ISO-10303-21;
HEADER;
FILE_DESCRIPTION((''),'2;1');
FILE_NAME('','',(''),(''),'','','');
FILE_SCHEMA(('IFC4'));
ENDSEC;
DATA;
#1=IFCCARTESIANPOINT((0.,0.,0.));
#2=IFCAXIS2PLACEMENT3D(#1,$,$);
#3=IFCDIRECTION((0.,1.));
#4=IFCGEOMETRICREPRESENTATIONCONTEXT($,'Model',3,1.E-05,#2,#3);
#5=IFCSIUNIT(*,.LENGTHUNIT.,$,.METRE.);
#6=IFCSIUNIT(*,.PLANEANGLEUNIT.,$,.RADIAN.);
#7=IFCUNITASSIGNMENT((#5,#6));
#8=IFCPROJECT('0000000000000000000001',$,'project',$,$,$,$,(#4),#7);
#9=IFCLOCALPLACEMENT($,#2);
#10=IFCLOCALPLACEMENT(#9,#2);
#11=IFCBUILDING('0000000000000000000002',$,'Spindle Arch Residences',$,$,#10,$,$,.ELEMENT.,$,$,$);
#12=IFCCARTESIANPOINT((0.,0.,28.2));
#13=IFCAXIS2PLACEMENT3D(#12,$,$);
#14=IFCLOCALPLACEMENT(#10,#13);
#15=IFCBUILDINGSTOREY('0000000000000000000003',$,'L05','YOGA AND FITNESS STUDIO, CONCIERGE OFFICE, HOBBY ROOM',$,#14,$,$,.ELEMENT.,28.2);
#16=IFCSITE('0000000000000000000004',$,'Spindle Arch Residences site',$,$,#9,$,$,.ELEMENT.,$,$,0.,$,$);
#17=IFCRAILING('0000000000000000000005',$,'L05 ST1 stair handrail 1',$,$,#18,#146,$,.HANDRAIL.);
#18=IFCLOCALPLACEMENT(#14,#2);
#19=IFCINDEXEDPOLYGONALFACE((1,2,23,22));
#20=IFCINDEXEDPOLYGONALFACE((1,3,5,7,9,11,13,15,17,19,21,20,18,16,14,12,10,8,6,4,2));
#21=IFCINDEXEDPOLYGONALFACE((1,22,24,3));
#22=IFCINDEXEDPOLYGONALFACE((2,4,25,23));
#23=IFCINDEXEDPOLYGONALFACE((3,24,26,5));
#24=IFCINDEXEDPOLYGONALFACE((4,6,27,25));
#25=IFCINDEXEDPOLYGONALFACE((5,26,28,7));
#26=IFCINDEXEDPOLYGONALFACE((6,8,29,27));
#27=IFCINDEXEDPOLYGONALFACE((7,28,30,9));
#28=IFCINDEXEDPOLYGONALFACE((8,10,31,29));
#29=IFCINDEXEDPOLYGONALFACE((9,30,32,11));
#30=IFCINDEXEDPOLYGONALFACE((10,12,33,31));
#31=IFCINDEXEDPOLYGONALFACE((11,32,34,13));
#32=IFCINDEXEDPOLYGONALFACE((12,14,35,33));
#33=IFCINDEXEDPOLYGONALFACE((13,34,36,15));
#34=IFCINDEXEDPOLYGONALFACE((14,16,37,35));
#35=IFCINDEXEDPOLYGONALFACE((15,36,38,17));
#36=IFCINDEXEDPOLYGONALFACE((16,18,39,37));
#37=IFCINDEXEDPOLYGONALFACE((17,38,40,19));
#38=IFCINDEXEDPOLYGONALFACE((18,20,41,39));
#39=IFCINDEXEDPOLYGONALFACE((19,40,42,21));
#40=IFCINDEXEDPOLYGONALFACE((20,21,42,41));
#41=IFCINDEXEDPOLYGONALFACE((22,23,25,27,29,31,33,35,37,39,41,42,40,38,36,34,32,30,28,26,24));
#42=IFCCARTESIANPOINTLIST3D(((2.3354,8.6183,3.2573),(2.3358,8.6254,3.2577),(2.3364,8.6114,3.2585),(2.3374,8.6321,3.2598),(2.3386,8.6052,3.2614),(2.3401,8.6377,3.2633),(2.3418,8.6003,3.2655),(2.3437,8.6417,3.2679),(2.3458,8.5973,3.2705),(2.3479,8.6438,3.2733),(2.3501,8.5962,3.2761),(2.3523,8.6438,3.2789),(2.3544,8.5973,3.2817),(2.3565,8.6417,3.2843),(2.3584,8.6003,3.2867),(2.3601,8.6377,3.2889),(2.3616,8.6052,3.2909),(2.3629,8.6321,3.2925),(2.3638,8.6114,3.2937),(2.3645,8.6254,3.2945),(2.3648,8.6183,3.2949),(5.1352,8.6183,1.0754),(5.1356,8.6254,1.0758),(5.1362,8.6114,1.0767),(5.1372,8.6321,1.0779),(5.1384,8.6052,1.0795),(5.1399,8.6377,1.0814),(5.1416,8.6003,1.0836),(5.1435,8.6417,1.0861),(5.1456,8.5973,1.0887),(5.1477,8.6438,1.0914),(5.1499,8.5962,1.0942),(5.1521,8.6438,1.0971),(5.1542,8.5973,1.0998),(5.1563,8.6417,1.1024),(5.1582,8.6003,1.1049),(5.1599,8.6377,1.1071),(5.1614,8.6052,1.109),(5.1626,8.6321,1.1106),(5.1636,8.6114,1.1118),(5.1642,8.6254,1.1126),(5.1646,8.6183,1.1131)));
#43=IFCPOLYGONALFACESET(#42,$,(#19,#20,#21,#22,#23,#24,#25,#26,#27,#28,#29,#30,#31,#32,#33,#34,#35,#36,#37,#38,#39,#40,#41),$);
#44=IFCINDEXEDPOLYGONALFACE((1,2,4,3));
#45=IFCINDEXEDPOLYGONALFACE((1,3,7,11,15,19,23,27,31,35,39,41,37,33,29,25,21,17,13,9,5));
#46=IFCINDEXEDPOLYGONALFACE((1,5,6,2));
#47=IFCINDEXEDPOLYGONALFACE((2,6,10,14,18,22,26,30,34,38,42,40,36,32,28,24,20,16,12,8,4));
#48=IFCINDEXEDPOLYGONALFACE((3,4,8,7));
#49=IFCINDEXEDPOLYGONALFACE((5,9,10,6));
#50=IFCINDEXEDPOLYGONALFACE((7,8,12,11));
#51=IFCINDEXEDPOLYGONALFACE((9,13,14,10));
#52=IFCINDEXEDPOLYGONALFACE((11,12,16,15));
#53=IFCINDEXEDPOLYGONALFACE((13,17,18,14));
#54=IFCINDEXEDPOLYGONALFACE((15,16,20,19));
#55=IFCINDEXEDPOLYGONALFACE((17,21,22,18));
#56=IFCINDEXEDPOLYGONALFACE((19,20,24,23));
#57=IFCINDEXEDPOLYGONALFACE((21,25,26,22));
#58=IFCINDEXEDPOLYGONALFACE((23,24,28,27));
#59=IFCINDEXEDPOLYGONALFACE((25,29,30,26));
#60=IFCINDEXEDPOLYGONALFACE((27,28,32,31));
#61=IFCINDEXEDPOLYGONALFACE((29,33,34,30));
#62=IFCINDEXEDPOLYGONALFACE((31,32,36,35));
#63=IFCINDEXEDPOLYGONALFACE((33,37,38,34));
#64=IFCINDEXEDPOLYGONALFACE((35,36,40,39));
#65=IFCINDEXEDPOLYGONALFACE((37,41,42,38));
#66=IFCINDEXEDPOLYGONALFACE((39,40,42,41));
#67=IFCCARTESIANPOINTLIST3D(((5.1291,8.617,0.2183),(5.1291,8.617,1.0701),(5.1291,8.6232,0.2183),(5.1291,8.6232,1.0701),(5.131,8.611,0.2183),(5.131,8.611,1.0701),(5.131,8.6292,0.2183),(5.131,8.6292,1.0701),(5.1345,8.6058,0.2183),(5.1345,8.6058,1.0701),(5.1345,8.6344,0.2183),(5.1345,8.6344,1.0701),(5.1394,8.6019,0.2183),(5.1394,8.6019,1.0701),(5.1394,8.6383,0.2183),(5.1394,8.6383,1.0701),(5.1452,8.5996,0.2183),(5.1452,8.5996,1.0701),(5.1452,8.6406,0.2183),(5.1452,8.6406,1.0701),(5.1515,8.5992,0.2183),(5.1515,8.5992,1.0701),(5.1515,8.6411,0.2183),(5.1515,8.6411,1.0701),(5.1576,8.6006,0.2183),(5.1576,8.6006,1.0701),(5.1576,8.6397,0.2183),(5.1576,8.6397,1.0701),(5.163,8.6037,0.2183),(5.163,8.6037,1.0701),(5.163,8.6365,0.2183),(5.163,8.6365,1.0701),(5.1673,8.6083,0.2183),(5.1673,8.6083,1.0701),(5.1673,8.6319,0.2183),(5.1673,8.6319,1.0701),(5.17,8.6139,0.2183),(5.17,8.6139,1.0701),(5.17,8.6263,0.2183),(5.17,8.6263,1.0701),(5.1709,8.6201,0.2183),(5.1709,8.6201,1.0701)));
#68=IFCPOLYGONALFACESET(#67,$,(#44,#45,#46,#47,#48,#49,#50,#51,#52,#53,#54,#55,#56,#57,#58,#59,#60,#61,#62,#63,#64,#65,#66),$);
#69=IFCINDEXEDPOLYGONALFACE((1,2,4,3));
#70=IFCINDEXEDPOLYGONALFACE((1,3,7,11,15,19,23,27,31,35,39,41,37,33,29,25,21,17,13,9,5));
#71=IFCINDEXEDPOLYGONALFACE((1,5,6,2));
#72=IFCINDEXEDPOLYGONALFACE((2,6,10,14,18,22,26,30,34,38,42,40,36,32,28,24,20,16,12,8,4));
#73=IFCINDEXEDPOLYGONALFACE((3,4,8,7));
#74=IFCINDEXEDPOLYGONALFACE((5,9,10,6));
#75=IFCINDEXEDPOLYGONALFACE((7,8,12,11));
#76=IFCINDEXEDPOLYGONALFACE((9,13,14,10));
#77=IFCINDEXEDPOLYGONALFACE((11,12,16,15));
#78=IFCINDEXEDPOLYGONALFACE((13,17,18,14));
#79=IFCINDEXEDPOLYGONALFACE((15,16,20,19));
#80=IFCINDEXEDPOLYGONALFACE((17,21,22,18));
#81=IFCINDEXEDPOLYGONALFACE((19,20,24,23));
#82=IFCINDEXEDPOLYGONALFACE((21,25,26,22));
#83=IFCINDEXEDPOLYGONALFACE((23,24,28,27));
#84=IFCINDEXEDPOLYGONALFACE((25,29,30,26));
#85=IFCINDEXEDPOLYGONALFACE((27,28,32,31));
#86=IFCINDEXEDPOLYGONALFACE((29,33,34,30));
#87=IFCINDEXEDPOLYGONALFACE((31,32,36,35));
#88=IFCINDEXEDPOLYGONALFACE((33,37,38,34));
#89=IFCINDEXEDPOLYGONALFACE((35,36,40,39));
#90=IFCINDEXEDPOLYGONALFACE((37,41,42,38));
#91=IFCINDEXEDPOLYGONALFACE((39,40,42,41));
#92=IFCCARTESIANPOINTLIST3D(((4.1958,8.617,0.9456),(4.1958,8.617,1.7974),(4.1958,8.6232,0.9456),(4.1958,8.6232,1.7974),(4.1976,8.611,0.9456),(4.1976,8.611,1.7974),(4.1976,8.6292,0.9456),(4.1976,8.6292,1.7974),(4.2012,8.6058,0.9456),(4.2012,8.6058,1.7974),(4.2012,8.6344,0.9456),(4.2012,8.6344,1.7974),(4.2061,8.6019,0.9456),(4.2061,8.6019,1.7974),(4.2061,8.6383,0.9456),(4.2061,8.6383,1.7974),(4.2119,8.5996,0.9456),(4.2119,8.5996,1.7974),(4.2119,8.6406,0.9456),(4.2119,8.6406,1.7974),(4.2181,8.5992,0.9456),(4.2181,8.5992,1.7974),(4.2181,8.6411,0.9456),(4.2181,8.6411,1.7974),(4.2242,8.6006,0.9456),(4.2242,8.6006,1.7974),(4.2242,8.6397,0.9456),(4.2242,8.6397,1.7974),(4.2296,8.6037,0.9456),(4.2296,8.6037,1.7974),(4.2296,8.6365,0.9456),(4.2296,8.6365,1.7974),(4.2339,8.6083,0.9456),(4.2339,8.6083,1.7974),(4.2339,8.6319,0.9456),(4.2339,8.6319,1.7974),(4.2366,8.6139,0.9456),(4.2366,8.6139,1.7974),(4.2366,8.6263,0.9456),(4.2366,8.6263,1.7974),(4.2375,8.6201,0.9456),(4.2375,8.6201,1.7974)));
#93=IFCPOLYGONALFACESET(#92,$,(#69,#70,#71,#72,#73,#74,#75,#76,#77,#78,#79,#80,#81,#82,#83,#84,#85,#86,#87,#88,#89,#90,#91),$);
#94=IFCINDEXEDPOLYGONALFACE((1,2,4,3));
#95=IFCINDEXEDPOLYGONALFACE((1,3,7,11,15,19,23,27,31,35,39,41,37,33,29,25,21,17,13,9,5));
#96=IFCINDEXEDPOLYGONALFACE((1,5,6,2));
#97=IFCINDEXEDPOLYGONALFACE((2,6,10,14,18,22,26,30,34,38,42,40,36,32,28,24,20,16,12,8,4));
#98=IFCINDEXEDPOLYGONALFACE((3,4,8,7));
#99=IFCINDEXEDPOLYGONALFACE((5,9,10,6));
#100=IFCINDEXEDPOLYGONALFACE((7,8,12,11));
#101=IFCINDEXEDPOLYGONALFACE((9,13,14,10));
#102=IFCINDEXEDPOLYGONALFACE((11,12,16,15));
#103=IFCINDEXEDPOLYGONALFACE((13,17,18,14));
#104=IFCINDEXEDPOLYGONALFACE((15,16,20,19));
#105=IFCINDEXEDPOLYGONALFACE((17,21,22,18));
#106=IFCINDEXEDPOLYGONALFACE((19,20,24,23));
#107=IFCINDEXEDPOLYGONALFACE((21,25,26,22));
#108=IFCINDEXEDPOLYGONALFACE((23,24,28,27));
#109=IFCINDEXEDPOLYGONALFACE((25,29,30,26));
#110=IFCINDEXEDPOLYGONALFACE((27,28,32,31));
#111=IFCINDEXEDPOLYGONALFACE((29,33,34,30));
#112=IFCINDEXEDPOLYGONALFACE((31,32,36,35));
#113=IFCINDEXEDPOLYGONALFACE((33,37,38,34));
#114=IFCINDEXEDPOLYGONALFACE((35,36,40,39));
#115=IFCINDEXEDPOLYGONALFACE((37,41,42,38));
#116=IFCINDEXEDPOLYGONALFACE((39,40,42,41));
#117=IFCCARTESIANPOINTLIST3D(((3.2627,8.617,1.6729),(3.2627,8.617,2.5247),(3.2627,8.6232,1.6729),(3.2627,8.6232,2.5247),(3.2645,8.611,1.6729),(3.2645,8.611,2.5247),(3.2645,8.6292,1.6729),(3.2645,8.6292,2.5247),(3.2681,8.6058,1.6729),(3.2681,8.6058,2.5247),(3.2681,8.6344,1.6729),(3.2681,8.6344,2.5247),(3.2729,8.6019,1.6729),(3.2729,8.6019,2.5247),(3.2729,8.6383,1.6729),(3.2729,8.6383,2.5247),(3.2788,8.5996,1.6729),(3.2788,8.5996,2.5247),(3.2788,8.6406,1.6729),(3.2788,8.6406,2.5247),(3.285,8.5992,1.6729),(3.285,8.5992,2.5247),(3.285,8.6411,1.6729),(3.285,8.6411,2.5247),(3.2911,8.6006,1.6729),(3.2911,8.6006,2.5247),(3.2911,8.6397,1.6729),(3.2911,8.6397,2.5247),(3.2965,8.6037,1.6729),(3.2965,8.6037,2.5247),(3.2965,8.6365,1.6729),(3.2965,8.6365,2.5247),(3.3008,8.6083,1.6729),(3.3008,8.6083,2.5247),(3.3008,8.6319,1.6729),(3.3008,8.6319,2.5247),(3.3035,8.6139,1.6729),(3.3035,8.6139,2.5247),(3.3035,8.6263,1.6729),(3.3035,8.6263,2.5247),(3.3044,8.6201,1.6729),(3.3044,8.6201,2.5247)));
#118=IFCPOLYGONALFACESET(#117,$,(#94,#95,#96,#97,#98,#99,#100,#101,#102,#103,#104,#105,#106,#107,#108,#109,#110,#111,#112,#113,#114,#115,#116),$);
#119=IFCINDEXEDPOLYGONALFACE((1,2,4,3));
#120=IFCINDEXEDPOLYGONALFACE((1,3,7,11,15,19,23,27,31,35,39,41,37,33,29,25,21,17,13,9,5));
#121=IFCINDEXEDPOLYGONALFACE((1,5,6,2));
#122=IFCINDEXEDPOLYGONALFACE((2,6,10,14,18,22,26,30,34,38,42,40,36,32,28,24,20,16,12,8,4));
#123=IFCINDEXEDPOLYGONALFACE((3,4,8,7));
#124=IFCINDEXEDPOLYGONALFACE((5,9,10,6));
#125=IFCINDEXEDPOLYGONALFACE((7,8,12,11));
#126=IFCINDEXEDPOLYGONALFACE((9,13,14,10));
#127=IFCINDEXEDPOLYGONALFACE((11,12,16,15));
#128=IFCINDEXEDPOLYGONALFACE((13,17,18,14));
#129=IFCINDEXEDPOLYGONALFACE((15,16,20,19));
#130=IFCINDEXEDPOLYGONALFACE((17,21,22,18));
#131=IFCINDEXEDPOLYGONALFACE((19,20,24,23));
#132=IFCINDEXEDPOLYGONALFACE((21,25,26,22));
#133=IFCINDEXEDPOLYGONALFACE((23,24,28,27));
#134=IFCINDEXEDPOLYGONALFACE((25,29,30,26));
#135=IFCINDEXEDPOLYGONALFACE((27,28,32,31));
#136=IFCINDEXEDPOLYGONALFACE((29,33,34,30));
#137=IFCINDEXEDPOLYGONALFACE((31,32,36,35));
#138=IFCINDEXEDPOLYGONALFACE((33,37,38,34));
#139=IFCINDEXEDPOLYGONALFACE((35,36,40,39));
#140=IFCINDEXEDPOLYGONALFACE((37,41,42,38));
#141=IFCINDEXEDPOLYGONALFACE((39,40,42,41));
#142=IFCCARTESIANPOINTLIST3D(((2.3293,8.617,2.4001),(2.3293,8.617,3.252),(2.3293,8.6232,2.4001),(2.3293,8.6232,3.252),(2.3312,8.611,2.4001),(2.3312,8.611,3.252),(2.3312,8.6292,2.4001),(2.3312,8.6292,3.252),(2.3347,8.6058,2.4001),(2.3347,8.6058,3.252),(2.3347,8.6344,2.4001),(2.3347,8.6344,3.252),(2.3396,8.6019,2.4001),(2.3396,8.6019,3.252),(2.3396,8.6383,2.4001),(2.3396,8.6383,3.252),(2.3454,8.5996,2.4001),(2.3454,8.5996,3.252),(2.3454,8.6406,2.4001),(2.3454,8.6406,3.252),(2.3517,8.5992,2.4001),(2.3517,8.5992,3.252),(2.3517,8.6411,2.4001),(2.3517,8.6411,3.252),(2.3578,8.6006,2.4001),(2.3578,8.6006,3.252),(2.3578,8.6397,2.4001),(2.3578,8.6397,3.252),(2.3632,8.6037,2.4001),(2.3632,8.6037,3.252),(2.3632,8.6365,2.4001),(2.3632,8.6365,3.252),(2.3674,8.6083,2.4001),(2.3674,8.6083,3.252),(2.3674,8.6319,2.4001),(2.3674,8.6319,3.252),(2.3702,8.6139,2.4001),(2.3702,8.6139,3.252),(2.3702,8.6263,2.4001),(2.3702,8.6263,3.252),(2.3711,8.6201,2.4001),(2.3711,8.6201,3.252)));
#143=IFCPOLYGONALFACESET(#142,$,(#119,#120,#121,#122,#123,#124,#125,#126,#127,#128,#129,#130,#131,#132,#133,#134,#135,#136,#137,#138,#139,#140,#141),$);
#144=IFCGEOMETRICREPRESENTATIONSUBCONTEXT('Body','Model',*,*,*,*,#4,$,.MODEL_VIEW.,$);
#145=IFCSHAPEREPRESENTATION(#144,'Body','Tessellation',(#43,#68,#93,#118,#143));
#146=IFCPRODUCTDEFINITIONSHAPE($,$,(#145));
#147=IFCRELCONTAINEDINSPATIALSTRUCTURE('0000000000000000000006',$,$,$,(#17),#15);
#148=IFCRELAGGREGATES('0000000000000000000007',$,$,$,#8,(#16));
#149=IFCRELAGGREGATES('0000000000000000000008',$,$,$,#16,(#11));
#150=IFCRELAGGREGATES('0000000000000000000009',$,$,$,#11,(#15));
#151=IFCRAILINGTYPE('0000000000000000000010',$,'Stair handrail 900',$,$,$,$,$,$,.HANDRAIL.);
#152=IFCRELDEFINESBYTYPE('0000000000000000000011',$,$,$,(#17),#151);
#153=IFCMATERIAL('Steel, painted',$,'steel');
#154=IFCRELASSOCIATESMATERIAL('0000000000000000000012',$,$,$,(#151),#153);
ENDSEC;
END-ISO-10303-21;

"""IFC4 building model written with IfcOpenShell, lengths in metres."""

from ifc_helpers import new_model, si_unit, direction, frame, origin, origin_2d, place, context, subcontext, project, spatial, circle, extrude, material, type_object, element, save


model = new_model("IFC4")

# Units and contexts
model_context = context("Model", 3, precision=1e-05, world=origin(), true_north=direction((0.0, 1.0)))
body_context = subcontext(model_context, "Body", "Model", "MODEL_VIEW")
ifc_project = project(units=[si_unit("LENGTHUNIT", "METRE"), si_unit("PLANEANGLEUNIT", "RADIAN")], contexts=[model_context])

# Site, building, storey
site_placement = place(None, origin())
site = spatial("IfcSite", under=ifc_project, at=site_placement, Name="Spindle Arch Residences site", CompositionType="ELEMENT", RefElevation=0.0)
building_placement = place(site_placement, origin())
building = spatial("IfcBuilding", under=site, at=building_placement, Name="Spindle Arch Residences", CompositionType="ELEMENT")
storey_placement = place(building_placement, frame((0.0, 0.0, 28.2)))
storey = spatial("IfcBuildingStorey", under=building, at=storey_placement, Name="L05", Description="YOGA AND FITNESS STUDIO, CONCIERGE OFFICE, HOBBY ROOM", CompositionType="ELEMENT", Elevation=28.2)

# Railing
ifc_material_1 = material(Name="Steel, painted", Category="steel")
railing_type_1 = type_object("IfcRailingType", Name="Stair handrail 900", PredefinedType="HANDRAIL", material=ifc_material_1)
railing_1_placement = place(storey_placement, frame((5.1499, 8.6201, 0.2183)))
element("IfcRailing", 1, at=railing_1_placement, inside=storey, type_object=railing_type_1, Name="L05 ST1 stair handrail 1", PredefinedType="HANDRAIL", context=body_context, shape_type="SweptSolid", body=[
    extrude(circle(Radius=0.0239, at=origin_2d()), frame((0.0, 0.0, 0.876), z_axis=(-0.78877, 0.0, 0.614688), x_axis=(0.0, -1.0, 0.0)), (0.0, 0.0, 1.0), 3.5496),
    extrude(circle(Radius=0.021, at=origin_2d()), origin(), (0.0, 0.0, 1.0), 0.8518),
    extrude(circle(Radius=0.021, at=origin_2d()), frame((-0.9333, 0.0, 0.7273)), (0.0, 0.0, 1.0), 0.8518),
    extrude(circle(Radius=0.021, at=origin_2d()), frame((-1.8665, 0.0, 1.4546)), (0.0, 0.0, 1.0), 0.8518),
    extrude(circle(Radius=0.021, at=origin_2d()), frame((-2.7998, 0.0, 2.1819)), (0.0, 0.0, 1.0), 0.8518),
])

save(model, "model.ifc")
